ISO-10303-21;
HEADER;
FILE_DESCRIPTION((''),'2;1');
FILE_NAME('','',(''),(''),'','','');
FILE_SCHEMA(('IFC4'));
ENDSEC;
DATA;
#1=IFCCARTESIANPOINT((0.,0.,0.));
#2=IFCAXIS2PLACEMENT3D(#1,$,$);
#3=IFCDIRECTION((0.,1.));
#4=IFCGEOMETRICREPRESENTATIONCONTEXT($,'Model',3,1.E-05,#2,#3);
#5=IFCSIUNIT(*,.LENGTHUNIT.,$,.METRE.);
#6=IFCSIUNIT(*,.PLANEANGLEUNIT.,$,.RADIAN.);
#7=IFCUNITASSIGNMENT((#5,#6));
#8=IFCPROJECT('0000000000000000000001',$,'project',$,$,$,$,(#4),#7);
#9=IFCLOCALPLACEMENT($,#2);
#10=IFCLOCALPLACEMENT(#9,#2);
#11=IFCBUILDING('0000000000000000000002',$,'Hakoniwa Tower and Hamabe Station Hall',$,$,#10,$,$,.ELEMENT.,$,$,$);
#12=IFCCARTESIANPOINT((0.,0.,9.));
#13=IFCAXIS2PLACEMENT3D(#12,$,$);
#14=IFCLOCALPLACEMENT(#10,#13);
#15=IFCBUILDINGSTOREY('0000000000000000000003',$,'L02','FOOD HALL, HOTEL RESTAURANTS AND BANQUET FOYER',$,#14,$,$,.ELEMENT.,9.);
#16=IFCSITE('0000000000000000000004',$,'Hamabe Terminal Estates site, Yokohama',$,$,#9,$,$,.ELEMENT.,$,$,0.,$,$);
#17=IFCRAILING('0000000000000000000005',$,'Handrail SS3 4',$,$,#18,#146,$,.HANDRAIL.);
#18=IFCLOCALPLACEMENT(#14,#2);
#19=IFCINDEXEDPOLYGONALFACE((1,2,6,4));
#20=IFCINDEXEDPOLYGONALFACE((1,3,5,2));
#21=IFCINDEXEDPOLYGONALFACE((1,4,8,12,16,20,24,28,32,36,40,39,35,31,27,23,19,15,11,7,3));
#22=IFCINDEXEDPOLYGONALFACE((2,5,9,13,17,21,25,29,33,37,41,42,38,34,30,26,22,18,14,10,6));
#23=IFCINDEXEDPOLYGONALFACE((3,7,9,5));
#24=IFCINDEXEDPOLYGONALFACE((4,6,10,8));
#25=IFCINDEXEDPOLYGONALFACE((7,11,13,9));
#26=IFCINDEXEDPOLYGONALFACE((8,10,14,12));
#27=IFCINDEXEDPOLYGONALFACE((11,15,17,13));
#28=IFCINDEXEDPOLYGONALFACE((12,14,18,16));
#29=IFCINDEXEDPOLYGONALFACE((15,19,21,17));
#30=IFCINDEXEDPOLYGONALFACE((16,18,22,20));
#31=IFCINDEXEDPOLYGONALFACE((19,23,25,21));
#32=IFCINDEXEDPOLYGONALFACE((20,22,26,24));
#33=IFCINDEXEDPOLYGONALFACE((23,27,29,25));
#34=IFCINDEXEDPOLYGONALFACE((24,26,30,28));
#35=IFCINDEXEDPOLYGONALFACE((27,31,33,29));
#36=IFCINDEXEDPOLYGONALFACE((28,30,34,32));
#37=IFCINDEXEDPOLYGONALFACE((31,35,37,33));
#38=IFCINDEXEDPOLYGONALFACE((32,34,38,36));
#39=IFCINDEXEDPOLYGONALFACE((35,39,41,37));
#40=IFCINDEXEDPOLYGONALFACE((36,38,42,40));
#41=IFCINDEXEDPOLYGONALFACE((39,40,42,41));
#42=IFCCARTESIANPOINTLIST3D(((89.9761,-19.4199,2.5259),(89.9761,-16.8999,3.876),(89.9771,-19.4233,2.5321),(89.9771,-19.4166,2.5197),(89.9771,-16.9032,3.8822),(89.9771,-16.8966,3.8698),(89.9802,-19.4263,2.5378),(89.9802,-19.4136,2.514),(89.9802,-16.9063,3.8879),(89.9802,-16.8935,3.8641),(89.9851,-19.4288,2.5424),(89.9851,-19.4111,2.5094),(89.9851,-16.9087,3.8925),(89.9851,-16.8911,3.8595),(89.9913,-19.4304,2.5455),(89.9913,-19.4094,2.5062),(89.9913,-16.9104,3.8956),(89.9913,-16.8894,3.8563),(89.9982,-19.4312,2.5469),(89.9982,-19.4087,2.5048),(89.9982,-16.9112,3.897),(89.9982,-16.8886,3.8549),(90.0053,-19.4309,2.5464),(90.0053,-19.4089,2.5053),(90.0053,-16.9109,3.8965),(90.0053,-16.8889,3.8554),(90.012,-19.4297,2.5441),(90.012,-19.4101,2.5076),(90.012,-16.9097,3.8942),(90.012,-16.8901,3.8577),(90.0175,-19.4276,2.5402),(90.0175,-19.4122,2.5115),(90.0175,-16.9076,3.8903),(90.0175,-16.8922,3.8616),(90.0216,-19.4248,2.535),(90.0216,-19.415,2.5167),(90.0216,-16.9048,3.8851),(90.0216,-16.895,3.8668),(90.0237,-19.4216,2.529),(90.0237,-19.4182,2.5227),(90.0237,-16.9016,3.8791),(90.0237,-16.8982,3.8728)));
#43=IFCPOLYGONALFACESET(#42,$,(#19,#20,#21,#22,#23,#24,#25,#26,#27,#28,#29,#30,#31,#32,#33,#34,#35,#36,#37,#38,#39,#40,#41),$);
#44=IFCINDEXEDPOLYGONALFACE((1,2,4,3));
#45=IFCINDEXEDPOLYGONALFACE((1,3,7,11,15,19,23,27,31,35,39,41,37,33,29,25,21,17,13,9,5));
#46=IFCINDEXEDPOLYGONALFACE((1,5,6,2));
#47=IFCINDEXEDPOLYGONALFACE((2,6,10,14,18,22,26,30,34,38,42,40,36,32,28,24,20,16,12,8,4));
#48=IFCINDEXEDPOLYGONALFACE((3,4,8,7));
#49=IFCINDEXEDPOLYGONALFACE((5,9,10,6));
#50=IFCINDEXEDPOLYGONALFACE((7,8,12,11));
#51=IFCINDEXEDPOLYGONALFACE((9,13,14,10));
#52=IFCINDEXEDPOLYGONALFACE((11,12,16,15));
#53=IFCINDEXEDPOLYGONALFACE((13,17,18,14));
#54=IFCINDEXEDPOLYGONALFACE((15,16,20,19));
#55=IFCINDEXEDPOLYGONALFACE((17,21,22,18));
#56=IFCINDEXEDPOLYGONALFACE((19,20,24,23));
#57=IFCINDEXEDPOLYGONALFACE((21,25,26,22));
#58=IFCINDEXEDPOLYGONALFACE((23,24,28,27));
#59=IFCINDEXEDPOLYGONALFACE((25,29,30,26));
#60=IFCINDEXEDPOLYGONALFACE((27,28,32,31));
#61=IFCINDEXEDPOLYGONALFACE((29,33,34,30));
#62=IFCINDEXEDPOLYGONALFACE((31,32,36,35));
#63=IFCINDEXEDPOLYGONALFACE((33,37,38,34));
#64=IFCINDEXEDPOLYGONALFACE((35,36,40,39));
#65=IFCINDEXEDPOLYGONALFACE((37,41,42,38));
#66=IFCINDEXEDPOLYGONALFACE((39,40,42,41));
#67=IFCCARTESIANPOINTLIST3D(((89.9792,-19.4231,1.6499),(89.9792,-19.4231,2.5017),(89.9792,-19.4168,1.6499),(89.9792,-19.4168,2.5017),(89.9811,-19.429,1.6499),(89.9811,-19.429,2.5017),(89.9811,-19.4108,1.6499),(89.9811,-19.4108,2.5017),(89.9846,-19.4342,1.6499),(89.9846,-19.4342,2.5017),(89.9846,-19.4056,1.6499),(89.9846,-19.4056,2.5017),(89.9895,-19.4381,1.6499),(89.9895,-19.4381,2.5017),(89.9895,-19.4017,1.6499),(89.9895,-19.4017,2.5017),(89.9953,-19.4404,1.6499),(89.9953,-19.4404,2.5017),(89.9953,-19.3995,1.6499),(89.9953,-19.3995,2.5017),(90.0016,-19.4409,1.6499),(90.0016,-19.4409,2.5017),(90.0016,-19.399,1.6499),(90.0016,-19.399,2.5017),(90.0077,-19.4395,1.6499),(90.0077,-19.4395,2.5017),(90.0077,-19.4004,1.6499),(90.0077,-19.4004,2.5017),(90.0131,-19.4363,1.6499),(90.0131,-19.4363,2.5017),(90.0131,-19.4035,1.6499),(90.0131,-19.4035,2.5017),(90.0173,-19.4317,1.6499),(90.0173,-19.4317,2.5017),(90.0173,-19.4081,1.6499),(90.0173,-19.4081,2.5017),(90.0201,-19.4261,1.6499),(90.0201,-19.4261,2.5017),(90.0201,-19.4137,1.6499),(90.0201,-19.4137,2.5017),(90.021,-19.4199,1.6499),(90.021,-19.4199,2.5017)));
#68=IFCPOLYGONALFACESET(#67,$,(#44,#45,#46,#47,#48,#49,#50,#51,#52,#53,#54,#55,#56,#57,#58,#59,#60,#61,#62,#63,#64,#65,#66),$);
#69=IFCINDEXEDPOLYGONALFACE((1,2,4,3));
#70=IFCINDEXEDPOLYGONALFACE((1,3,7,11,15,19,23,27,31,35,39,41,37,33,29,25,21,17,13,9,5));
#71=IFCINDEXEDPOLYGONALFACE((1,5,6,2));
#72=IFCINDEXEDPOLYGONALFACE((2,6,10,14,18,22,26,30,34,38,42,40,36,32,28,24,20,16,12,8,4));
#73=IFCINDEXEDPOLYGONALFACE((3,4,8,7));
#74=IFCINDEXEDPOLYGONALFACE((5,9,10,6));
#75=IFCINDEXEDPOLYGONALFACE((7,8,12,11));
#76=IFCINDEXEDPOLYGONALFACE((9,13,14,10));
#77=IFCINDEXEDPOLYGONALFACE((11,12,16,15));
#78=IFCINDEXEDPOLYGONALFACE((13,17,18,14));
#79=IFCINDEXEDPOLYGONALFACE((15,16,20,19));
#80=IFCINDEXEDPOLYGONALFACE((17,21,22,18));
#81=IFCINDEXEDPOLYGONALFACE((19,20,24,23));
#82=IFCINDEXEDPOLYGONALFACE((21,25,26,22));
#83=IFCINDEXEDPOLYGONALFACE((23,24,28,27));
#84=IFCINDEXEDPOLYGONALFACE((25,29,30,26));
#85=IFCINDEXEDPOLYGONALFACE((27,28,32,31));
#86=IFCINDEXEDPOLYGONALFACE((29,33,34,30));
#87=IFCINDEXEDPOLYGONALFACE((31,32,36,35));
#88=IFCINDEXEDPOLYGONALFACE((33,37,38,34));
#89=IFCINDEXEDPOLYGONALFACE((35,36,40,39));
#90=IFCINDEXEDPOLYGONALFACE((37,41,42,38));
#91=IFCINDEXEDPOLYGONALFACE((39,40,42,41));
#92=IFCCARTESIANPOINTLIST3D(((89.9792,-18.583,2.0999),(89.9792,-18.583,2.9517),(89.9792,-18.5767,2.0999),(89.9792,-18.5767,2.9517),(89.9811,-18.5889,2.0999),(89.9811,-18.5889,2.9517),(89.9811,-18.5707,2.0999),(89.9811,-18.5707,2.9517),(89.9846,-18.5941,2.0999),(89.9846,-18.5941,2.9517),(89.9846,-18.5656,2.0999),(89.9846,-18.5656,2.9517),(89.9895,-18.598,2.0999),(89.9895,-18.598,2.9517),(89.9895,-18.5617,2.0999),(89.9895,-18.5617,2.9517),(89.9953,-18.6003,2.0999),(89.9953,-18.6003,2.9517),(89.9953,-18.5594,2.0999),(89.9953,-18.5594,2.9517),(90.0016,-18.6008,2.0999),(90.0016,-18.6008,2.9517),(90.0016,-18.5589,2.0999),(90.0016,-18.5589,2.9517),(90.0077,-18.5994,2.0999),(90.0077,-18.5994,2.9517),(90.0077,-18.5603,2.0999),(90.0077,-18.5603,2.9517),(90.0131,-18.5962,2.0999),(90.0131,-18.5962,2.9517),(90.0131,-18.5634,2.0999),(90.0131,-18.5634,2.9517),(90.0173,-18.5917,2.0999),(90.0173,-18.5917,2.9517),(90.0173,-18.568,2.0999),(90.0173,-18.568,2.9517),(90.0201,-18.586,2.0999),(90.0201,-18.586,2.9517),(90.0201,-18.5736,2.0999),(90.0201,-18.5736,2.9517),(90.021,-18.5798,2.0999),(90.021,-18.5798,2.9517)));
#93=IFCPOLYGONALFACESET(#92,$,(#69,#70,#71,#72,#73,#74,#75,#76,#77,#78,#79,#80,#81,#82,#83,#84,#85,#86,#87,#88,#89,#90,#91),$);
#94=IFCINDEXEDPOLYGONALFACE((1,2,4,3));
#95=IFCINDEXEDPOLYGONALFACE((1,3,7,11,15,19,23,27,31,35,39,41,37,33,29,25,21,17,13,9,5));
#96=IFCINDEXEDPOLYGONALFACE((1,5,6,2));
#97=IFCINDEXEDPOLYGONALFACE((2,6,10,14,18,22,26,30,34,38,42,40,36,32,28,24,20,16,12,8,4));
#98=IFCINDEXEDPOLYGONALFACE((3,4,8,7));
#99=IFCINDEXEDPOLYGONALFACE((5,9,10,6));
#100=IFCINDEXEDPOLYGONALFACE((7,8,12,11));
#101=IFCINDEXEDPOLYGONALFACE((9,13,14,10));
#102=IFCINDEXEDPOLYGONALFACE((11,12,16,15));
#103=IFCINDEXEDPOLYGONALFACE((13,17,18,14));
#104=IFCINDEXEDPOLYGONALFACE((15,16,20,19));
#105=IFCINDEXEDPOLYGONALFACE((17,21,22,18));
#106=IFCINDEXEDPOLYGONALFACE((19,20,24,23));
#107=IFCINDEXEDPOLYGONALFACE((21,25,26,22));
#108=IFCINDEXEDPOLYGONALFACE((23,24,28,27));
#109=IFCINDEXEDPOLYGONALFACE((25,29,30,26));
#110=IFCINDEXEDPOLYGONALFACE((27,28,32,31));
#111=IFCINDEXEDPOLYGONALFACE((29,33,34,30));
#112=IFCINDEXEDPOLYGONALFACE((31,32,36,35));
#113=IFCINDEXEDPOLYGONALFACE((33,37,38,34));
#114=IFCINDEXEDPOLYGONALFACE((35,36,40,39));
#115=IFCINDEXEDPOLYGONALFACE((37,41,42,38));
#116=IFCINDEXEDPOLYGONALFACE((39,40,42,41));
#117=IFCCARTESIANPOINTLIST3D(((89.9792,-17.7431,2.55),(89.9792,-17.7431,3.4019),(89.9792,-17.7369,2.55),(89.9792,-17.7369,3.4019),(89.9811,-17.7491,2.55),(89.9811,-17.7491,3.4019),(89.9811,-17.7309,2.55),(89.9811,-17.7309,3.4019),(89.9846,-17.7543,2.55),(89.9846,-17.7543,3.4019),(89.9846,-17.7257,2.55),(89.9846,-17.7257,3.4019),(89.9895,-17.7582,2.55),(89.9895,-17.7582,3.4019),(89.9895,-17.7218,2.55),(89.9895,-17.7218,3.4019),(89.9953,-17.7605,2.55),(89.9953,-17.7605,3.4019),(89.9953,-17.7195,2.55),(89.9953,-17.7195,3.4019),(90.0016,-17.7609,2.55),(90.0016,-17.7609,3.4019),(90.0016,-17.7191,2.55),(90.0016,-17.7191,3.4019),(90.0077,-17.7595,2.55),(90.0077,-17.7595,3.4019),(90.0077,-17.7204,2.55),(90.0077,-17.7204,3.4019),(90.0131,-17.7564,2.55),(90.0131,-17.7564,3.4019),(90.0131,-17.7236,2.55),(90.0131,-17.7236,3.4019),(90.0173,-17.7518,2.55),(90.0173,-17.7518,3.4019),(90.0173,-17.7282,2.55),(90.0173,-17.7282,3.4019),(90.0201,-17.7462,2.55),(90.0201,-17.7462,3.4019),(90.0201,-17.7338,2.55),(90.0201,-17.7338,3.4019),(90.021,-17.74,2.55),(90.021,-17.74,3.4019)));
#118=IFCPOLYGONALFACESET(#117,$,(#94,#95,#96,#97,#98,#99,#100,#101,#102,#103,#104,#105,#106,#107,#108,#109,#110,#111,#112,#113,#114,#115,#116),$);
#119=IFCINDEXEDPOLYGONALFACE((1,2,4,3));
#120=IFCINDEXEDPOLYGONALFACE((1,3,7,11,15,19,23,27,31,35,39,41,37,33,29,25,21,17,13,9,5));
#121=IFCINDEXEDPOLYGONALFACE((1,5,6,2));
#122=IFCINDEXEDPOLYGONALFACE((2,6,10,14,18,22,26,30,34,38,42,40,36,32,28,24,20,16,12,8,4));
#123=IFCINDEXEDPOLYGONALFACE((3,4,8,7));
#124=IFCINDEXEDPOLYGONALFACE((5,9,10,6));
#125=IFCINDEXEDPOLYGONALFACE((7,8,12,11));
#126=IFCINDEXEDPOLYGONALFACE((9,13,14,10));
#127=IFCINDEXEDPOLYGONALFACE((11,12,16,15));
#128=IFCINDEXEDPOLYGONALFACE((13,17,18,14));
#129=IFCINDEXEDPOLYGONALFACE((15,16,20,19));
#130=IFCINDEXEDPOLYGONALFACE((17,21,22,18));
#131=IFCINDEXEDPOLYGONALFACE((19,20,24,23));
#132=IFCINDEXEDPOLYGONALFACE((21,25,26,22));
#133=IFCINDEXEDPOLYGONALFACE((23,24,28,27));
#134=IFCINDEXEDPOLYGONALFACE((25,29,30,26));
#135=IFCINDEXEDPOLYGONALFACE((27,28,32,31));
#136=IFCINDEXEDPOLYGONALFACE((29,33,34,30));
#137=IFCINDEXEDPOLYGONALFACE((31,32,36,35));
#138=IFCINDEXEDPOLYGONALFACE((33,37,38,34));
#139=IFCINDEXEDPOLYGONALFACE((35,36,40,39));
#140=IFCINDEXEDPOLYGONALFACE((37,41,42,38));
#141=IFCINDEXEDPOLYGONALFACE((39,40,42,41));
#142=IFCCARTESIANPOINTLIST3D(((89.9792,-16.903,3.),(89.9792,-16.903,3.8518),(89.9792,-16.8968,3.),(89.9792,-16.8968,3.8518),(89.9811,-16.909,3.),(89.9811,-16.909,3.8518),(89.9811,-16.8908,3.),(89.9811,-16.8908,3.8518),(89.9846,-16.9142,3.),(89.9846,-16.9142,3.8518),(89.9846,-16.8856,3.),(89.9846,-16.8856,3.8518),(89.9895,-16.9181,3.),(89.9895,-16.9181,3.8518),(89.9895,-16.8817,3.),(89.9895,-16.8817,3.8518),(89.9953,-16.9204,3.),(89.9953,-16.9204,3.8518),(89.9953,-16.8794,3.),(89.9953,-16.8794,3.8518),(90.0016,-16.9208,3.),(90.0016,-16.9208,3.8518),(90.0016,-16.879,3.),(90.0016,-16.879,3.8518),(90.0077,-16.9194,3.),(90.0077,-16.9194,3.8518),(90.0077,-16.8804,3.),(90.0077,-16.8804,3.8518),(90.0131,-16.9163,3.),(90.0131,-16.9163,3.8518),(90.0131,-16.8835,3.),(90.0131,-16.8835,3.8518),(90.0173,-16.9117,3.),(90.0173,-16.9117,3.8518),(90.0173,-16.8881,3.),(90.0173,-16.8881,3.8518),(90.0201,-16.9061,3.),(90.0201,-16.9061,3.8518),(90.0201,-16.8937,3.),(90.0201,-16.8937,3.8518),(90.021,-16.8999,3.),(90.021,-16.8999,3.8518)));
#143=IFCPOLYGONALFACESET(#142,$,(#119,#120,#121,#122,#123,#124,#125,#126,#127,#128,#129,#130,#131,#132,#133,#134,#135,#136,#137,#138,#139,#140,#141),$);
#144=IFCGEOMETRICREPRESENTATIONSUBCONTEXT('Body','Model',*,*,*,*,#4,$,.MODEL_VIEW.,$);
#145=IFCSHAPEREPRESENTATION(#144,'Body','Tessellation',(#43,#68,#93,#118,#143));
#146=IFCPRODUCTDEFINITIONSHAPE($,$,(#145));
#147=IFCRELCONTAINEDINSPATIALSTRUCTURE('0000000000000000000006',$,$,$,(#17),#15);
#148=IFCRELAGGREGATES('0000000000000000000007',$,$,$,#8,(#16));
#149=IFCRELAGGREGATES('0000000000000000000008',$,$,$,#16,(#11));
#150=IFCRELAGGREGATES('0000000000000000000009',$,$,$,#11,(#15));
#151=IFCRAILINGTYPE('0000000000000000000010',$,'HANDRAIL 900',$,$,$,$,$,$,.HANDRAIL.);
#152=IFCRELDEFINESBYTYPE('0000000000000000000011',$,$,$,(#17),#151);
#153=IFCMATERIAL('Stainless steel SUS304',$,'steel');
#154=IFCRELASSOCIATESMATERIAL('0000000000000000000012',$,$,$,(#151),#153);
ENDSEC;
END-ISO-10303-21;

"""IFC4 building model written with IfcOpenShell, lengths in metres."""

from ifc_helpers import new_model, si_unit, direction, frame, origin, origin_2d, place, context, subcontext, project, spatial, circle, extrude, material, type_object, element, save


model = new_model("IFC4")

# Units and contexts
model_context = context("Model", 3, precision=1e-05, world=origin(), true_north=direction((0.0, 1.0)))
body_context = subcontext(model_context, "Body", "Model", "MODEL_VIEW")
ifc_project = project(units=[si_unit("LENGTHUNIT", "METRE"), si_unit("PLANEANGLEUNIT", "RADIAN")], contexts=[model_context])

# Site, building, storey
site_placement = place(None, origin())
site = spatial("IfcSite", under=ifc_project, at=site_placement, Name="Hamabe Terminal Estates site, Yokohama", CompositionType="ELEMENT", RefElevation=0.0)
building_placement = place(site_placement, origin())
building = spatial("IfcBuilding", under=site, at=building_placement, Name="Hakoniwa Tower and Hamabe Station Hall", CompositionType="ELEMENT")
storey_placement = place(building_placement, frame((0.0, 0.0, 9.0)))
storey = spatial("IfcBuildingStorey", under=building, at=storey_placement, Name="L02", Description="FOOD HALL, HOTEL RESTAURANTS AND BANQUET FOYER", CompositionType="ELEMENT", Elevation=9.0)

# Railing
ifc_material_1 = material(Name="Stainless steel SUS304", Category="steel")
railing_type_1 = type_object("IfcRailingType", Name="HANDRAIL 900", PredefinedType="HANDRAIL", material=ifc_material_1)
for number, where, name in (
    (1, (90.0, -19.4199, 1.6499), "Handrail SS3 4"),
):
    element("IfcRailing", number, at=place(storey_placement, frame(where)), inside=storey, type_object=railing_type_1, Name=name, PredefinedType="HANDRAIL", context=body_context, shape_type="SweptSolid", body=[
        extrude(circle(Radius=0.0239, at=origin_2d()), frame((0.0, 0.0, 0.876), z_axis=(0.0, 0.881467, 0.472245), x_axis=(-1.0, 0.0, 0.0)), (0.0, 0.0, 1.0), 2.8589),
        extrude(circle(Radius=0.021, at=origin_2d()), origin(), (0.0, 0.0, 1.0), 0.8518),
        extrude(circle(Radius=0.021, at=origin_2d()), frame((0.0, 0.8401, 0.45)), (0.0, 0.0, 1.0), 0.8518),
        extrude(circle(Radius=0.021, at=origin_2d()), frame((0.0, 1.6799, 0.9001)), (0.0, 0.0, 1.0), 0.8518),
        extrude(circle(Radius=0.021, at=origin_2d()), frame((0.0, 2.52, 1.3501)), (0.0, 0.0, 1.0), 0.8518),
    ])

save(model, "model.ifc")
